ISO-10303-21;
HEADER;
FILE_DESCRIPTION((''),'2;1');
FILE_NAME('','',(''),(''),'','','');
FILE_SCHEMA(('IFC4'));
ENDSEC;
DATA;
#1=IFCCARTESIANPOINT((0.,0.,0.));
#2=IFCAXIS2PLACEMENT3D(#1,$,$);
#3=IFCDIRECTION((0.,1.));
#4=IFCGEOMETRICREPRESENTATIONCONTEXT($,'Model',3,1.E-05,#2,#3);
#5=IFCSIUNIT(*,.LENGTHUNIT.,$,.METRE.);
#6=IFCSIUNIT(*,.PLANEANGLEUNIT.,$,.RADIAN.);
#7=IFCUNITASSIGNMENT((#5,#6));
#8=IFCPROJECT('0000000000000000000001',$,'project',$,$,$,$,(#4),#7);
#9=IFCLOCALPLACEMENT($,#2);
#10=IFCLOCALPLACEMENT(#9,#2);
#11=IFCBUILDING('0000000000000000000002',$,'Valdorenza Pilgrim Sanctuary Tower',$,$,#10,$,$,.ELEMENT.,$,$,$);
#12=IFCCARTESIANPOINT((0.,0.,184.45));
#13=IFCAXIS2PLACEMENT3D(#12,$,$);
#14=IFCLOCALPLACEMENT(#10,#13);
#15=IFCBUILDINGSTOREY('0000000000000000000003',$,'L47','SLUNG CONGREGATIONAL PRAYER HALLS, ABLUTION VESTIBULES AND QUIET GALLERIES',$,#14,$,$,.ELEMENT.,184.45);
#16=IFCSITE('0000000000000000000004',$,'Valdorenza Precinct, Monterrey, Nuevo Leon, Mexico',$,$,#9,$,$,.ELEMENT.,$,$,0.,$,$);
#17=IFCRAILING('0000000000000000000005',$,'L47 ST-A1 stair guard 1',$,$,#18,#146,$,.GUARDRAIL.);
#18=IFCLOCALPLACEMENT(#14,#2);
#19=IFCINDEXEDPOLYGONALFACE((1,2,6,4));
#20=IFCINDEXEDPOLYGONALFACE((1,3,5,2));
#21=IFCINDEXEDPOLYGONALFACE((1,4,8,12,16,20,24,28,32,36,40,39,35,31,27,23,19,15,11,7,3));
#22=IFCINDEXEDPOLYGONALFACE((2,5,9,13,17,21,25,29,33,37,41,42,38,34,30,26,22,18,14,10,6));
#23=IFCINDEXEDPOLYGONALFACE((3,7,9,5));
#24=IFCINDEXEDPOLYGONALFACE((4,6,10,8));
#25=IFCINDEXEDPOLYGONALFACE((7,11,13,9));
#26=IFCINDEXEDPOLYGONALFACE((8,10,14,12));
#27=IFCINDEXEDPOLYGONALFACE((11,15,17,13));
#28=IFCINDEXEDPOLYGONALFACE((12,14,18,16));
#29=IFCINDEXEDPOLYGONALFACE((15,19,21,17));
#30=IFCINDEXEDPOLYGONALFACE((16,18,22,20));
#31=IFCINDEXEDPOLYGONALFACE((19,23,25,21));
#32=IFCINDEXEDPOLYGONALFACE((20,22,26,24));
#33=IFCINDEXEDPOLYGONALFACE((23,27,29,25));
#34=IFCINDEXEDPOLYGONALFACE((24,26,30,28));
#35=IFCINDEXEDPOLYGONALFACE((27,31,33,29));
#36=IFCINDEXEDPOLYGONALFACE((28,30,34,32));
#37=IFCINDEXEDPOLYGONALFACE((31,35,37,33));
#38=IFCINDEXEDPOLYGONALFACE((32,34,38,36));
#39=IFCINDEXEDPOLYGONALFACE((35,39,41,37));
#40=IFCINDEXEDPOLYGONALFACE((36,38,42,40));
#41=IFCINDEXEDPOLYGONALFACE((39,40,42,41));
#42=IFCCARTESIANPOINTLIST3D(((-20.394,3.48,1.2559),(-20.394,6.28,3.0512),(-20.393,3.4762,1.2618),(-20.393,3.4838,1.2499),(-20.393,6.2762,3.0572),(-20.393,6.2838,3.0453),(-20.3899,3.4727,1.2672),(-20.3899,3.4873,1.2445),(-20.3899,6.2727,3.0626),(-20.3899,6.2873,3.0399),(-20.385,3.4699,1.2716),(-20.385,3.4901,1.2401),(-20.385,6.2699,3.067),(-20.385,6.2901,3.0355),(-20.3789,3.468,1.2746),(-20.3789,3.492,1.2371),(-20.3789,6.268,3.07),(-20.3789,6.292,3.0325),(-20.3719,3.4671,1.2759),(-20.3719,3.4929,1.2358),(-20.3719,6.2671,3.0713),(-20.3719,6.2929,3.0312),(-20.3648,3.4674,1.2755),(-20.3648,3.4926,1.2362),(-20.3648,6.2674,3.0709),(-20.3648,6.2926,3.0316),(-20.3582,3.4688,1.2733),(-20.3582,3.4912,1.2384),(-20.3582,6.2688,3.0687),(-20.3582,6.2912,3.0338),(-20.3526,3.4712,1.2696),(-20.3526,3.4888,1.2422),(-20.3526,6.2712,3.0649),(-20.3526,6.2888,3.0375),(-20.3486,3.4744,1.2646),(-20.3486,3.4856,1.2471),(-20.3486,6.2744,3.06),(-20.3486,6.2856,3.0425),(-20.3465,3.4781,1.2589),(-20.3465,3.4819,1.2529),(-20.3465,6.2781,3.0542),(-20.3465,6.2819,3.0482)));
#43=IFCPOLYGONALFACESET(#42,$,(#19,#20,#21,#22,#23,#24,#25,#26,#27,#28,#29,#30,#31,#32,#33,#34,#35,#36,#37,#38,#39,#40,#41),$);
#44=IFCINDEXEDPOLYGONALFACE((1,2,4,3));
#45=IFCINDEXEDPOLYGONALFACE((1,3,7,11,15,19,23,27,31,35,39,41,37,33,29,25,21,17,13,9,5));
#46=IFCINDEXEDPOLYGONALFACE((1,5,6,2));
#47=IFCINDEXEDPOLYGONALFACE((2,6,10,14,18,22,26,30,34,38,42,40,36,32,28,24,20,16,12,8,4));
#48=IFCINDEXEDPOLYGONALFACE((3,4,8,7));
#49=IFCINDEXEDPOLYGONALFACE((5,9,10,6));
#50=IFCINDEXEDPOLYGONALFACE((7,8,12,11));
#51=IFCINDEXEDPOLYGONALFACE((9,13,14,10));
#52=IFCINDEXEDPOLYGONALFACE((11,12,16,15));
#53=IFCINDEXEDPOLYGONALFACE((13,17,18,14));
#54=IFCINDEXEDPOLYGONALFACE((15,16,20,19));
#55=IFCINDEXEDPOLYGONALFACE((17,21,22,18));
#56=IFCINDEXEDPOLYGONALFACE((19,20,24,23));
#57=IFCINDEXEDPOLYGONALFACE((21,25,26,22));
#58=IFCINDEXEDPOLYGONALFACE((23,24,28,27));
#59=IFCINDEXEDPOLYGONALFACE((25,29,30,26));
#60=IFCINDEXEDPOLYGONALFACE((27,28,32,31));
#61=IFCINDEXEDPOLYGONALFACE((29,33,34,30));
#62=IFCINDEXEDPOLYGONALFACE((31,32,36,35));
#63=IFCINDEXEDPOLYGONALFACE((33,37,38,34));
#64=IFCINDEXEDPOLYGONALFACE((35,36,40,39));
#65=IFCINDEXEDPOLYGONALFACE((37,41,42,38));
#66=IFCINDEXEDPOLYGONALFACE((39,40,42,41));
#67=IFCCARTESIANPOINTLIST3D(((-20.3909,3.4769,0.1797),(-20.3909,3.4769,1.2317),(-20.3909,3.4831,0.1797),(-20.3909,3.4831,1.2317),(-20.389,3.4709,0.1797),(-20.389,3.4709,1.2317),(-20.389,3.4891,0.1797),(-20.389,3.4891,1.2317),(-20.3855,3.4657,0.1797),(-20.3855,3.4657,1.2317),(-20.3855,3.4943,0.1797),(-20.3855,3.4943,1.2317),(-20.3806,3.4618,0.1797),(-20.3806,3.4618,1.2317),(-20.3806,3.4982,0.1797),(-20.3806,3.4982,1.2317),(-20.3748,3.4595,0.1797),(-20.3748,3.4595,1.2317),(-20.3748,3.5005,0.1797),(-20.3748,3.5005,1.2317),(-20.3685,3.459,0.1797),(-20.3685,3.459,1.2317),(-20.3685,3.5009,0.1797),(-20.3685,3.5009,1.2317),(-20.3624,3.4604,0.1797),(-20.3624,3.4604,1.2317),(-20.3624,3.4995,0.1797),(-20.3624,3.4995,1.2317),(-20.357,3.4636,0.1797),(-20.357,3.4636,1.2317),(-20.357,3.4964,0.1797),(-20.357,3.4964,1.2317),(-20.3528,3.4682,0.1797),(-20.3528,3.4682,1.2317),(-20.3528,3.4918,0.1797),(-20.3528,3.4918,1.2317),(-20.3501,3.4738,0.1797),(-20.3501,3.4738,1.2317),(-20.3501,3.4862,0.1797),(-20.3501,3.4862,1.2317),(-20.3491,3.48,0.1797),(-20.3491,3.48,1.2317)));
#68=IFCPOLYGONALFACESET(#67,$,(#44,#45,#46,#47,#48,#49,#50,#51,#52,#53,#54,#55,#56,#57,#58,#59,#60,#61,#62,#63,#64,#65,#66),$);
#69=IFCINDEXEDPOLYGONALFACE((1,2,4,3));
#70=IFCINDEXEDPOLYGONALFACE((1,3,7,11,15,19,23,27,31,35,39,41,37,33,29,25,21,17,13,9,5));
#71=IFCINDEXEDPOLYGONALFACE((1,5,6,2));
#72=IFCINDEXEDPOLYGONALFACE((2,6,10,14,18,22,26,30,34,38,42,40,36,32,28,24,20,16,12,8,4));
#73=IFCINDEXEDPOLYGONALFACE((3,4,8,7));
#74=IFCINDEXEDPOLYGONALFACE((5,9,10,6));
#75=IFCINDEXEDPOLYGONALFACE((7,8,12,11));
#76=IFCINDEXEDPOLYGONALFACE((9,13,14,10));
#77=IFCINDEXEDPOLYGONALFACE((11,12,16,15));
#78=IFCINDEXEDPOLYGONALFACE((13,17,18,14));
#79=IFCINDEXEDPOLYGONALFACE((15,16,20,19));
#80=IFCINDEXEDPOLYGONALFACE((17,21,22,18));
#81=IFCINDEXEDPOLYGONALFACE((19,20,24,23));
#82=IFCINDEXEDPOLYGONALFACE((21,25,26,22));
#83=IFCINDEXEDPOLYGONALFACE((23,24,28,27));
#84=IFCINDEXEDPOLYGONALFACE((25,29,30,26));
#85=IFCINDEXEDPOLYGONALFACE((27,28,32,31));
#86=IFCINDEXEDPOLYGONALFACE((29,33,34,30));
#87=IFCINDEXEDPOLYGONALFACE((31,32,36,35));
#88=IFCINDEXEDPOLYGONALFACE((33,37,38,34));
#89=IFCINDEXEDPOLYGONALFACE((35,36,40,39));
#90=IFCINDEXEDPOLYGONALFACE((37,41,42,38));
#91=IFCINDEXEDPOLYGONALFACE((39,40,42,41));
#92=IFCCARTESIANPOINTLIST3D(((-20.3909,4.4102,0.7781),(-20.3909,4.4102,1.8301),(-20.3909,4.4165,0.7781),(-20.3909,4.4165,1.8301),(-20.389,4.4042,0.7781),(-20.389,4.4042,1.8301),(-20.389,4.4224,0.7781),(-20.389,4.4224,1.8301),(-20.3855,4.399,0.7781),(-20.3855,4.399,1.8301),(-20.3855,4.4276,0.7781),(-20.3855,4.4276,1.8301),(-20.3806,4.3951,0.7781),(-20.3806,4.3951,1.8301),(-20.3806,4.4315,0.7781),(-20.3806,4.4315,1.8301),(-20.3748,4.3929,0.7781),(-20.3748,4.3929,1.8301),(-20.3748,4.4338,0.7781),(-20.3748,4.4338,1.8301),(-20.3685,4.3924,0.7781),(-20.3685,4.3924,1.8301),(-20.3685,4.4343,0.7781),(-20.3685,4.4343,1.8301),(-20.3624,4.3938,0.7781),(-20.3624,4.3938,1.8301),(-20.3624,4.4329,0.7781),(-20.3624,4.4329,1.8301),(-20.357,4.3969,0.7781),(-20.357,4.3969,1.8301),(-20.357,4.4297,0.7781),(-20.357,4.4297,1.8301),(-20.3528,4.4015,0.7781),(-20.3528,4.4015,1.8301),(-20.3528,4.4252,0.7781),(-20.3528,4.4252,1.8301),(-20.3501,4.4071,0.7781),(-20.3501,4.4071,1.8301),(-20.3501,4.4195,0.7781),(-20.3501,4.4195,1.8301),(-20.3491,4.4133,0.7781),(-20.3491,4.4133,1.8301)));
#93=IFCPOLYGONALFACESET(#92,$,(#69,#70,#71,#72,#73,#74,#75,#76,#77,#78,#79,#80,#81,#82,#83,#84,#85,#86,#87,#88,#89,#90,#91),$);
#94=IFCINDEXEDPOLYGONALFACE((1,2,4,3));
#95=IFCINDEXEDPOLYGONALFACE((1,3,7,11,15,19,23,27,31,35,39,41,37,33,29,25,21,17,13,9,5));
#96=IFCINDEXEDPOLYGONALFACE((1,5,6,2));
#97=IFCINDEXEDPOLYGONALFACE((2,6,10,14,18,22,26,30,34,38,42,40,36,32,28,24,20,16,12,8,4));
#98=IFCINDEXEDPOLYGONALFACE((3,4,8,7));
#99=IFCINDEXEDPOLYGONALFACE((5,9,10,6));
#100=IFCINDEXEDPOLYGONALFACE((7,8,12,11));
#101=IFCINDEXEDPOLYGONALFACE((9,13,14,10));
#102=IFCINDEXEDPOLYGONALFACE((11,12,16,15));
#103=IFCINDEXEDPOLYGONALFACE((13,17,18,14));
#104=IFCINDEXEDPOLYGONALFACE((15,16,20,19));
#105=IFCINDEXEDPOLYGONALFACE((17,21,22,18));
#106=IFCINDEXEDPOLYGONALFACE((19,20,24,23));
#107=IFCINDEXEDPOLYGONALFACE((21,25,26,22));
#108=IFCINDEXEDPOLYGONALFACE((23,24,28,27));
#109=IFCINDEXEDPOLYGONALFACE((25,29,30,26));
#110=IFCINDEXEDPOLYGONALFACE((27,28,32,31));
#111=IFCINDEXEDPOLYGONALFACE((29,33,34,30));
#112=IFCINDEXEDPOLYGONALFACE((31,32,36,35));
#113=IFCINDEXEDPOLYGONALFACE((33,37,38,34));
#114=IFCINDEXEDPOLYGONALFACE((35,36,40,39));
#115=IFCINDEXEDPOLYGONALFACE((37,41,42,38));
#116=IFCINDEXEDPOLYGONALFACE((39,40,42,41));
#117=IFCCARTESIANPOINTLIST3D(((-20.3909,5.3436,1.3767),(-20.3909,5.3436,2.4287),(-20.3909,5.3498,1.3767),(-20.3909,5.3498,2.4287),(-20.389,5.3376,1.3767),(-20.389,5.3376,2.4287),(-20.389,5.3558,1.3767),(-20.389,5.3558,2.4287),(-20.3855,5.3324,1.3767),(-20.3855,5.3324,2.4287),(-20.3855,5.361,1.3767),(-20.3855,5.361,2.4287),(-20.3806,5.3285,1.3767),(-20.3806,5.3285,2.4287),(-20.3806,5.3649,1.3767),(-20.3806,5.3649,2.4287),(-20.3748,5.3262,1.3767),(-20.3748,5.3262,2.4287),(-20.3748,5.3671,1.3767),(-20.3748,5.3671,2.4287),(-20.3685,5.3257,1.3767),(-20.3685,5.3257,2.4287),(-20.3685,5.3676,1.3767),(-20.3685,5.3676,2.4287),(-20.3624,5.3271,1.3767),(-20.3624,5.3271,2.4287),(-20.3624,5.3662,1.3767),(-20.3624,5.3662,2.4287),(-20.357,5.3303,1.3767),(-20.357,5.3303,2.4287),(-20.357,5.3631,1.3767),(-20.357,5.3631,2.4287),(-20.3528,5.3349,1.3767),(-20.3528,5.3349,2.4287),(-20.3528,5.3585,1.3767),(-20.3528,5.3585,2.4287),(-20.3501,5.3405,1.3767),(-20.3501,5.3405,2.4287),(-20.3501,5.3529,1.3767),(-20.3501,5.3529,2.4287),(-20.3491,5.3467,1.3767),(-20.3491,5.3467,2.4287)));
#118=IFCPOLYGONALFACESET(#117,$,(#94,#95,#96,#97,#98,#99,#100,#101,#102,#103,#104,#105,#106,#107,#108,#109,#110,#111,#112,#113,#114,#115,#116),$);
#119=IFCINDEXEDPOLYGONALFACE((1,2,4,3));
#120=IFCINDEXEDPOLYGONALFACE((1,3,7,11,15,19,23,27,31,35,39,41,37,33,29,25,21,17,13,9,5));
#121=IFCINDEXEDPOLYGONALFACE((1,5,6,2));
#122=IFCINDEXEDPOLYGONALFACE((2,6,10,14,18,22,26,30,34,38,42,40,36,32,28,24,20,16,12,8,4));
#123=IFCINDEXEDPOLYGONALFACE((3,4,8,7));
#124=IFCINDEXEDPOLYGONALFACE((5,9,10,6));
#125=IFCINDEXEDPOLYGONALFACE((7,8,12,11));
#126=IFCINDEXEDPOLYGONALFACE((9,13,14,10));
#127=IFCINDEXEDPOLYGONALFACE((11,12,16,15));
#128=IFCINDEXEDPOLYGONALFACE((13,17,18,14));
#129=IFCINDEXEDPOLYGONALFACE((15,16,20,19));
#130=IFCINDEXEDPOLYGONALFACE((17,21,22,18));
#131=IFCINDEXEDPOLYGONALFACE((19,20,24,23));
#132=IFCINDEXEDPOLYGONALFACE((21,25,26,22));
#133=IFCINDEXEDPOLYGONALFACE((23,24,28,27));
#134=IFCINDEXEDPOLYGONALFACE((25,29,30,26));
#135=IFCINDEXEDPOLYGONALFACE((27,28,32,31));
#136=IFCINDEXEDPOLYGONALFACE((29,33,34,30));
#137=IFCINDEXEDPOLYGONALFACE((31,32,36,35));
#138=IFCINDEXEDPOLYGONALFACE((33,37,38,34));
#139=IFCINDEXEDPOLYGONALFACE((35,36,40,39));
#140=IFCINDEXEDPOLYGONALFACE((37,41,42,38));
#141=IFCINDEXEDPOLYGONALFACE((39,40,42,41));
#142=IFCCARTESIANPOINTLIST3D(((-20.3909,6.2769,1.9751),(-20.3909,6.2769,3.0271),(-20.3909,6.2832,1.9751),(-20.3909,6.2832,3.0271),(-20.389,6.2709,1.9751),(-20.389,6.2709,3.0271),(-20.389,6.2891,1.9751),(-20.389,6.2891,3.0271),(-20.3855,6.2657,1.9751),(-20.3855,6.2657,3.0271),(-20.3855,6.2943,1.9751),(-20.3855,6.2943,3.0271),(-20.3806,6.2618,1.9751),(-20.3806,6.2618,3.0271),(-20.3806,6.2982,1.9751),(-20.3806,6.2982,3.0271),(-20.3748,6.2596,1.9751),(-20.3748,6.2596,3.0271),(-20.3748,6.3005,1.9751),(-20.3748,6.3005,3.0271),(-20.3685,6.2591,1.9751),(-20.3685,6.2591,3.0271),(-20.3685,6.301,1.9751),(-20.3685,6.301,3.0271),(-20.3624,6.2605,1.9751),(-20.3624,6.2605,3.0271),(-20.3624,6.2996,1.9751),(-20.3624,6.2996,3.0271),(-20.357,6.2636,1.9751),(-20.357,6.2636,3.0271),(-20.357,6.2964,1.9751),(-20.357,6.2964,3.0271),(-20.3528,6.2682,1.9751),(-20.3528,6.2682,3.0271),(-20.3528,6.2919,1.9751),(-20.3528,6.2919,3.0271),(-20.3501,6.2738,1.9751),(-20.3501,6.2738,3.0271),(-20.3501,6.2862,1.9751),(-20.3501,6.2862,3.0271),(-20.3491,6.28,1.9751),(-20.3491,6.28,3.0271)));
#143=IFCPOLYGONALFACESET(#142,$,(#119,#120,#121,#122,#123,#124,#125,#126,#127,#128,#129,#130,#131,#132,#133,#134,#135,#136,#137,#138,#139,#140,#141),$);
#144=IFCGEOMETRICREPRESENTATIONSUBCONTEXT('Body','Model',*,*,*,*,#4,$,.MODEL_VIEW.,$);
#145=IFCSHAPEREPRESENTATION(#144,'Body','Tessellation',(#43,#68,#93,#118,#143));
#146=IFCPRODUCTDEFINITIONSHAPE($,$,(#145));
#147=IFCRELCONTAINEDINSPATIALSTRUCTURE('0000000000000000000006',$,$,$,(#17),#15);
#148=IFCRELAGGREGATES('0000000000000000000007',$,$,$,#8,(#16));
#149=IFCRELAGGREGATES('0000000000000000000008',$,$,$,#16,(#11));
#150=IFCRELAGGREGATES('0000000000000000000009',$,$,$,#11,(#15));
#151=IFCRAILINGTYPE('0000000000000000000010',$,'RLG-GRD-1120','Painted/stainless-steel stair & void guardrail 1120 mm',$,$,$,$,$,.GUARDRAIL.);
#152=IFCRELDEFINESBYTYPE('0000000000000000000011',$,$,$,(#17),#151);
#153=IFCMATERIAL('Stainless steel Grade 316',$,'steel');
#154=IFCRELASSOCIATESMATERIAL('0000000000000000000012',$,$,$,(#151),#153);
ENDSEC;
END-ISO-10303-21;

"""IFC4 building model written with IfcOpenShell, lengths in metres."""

from ifc_helpers import new_model, si_unit, direction, frame, origin, origin_2d, place, context, subcontext, project, spatial, circle, extrude, material, type_object, element, save


model = new_model("IFC4")

# Units and contexts
model_context = context("Model", 3, precision=1e-05, world=origin(), true_north=direction((0.0, 1.0)))
body_context = subcontext(model_context, "Body", "Model", "MODEL_VIEW")
ifc_project = project(units=[si_unit("LENGTHUNIT", "METRE"), si_unit("PLANEANGLEUNIT", "RADIAN")], contexts=[model_context])

# Site, building, storey
site_placement = place(None, origin())
site = spatial("IfcSite", under=ifc_project, at=site_placement, Name="Valdorenza Precinct, Monterrey, Nuevo Leon, Mexico", CompositionType="ELEMENT", RefElevation=0.0)
building_placement = place(site_placement, origin())
building = spatial("IfcBuilding", under=site, at=building_placement, Name="Valdorenza Pilgrim Sanctuary Tower", CompositionType="ELEMENT")
storey_placement = place(building_placement, frame((0.0, 0.0, 184.45)))
storey = spatial("IfcBuildingStorey", under=building, at=storey_placement, Name="L47", Description="SLUNG CONGREGATIONAL PRAYER HALLS, ABLUTION VESTIBULES AND QUIET GALLERIES", CompositionType="ELEMENT", Elevation=184.45)

# Railing
ifc_material_1 = material(Name="Stainless steel Grade 316", Category="steel")
railing_type_1 = type_object("IfcRailingType", Name="RLG-GRD-1120", Description="Painted/stainless-steel stair & void guardrail 1120 mm", PredefinedType="GUARDRAIL", material=ifc_material_1)
railing_1_placement = place(storey_placement, frame((-20.3701, 3.48, 0.1797)))
element("IfcRailing", 1, at=railing_1_placement, inside=storey, type_object=railing_type_1, Name="L47 ST-A1 stair guard 1", PredefinedType="GUARDRAIL", context=body_context, shape_type="SweptSolid", body=[
    extrude(circle(Radius=0.0239, at=origin_2d()), frame((0.0, 0.0, 1.0762), z_axis=(0.0, 0.84181, 0.539774), x_axis=(-1.0, 0.0, 0.0)), (0.0, 0.0, 1.0), 3.3262),
    extrude(circle(Radius=0.021, at=origin_2d()), origin(), (0.0, 0.0, 1.0), 1.052),
    extrude(circle(Radius=0.021, at=origin_2d()), frame((0.0, 0.9333, 0.5984)), (0.0, 0.0, 1.0), 1.052),
    extrude(circle(Radius=0.021, at=origin_2d()), frame((0.0, 1.8667, 1.197)), (0.0, 0.0, 1.0), 1.052),
    extrude(circle(Radius=0.021, at=origin_2d()), frame((0.0, 2.8, 1.7954)), (0.0, 0.0, 1.0), 1.052),
])

save(model, "model.ifc")
